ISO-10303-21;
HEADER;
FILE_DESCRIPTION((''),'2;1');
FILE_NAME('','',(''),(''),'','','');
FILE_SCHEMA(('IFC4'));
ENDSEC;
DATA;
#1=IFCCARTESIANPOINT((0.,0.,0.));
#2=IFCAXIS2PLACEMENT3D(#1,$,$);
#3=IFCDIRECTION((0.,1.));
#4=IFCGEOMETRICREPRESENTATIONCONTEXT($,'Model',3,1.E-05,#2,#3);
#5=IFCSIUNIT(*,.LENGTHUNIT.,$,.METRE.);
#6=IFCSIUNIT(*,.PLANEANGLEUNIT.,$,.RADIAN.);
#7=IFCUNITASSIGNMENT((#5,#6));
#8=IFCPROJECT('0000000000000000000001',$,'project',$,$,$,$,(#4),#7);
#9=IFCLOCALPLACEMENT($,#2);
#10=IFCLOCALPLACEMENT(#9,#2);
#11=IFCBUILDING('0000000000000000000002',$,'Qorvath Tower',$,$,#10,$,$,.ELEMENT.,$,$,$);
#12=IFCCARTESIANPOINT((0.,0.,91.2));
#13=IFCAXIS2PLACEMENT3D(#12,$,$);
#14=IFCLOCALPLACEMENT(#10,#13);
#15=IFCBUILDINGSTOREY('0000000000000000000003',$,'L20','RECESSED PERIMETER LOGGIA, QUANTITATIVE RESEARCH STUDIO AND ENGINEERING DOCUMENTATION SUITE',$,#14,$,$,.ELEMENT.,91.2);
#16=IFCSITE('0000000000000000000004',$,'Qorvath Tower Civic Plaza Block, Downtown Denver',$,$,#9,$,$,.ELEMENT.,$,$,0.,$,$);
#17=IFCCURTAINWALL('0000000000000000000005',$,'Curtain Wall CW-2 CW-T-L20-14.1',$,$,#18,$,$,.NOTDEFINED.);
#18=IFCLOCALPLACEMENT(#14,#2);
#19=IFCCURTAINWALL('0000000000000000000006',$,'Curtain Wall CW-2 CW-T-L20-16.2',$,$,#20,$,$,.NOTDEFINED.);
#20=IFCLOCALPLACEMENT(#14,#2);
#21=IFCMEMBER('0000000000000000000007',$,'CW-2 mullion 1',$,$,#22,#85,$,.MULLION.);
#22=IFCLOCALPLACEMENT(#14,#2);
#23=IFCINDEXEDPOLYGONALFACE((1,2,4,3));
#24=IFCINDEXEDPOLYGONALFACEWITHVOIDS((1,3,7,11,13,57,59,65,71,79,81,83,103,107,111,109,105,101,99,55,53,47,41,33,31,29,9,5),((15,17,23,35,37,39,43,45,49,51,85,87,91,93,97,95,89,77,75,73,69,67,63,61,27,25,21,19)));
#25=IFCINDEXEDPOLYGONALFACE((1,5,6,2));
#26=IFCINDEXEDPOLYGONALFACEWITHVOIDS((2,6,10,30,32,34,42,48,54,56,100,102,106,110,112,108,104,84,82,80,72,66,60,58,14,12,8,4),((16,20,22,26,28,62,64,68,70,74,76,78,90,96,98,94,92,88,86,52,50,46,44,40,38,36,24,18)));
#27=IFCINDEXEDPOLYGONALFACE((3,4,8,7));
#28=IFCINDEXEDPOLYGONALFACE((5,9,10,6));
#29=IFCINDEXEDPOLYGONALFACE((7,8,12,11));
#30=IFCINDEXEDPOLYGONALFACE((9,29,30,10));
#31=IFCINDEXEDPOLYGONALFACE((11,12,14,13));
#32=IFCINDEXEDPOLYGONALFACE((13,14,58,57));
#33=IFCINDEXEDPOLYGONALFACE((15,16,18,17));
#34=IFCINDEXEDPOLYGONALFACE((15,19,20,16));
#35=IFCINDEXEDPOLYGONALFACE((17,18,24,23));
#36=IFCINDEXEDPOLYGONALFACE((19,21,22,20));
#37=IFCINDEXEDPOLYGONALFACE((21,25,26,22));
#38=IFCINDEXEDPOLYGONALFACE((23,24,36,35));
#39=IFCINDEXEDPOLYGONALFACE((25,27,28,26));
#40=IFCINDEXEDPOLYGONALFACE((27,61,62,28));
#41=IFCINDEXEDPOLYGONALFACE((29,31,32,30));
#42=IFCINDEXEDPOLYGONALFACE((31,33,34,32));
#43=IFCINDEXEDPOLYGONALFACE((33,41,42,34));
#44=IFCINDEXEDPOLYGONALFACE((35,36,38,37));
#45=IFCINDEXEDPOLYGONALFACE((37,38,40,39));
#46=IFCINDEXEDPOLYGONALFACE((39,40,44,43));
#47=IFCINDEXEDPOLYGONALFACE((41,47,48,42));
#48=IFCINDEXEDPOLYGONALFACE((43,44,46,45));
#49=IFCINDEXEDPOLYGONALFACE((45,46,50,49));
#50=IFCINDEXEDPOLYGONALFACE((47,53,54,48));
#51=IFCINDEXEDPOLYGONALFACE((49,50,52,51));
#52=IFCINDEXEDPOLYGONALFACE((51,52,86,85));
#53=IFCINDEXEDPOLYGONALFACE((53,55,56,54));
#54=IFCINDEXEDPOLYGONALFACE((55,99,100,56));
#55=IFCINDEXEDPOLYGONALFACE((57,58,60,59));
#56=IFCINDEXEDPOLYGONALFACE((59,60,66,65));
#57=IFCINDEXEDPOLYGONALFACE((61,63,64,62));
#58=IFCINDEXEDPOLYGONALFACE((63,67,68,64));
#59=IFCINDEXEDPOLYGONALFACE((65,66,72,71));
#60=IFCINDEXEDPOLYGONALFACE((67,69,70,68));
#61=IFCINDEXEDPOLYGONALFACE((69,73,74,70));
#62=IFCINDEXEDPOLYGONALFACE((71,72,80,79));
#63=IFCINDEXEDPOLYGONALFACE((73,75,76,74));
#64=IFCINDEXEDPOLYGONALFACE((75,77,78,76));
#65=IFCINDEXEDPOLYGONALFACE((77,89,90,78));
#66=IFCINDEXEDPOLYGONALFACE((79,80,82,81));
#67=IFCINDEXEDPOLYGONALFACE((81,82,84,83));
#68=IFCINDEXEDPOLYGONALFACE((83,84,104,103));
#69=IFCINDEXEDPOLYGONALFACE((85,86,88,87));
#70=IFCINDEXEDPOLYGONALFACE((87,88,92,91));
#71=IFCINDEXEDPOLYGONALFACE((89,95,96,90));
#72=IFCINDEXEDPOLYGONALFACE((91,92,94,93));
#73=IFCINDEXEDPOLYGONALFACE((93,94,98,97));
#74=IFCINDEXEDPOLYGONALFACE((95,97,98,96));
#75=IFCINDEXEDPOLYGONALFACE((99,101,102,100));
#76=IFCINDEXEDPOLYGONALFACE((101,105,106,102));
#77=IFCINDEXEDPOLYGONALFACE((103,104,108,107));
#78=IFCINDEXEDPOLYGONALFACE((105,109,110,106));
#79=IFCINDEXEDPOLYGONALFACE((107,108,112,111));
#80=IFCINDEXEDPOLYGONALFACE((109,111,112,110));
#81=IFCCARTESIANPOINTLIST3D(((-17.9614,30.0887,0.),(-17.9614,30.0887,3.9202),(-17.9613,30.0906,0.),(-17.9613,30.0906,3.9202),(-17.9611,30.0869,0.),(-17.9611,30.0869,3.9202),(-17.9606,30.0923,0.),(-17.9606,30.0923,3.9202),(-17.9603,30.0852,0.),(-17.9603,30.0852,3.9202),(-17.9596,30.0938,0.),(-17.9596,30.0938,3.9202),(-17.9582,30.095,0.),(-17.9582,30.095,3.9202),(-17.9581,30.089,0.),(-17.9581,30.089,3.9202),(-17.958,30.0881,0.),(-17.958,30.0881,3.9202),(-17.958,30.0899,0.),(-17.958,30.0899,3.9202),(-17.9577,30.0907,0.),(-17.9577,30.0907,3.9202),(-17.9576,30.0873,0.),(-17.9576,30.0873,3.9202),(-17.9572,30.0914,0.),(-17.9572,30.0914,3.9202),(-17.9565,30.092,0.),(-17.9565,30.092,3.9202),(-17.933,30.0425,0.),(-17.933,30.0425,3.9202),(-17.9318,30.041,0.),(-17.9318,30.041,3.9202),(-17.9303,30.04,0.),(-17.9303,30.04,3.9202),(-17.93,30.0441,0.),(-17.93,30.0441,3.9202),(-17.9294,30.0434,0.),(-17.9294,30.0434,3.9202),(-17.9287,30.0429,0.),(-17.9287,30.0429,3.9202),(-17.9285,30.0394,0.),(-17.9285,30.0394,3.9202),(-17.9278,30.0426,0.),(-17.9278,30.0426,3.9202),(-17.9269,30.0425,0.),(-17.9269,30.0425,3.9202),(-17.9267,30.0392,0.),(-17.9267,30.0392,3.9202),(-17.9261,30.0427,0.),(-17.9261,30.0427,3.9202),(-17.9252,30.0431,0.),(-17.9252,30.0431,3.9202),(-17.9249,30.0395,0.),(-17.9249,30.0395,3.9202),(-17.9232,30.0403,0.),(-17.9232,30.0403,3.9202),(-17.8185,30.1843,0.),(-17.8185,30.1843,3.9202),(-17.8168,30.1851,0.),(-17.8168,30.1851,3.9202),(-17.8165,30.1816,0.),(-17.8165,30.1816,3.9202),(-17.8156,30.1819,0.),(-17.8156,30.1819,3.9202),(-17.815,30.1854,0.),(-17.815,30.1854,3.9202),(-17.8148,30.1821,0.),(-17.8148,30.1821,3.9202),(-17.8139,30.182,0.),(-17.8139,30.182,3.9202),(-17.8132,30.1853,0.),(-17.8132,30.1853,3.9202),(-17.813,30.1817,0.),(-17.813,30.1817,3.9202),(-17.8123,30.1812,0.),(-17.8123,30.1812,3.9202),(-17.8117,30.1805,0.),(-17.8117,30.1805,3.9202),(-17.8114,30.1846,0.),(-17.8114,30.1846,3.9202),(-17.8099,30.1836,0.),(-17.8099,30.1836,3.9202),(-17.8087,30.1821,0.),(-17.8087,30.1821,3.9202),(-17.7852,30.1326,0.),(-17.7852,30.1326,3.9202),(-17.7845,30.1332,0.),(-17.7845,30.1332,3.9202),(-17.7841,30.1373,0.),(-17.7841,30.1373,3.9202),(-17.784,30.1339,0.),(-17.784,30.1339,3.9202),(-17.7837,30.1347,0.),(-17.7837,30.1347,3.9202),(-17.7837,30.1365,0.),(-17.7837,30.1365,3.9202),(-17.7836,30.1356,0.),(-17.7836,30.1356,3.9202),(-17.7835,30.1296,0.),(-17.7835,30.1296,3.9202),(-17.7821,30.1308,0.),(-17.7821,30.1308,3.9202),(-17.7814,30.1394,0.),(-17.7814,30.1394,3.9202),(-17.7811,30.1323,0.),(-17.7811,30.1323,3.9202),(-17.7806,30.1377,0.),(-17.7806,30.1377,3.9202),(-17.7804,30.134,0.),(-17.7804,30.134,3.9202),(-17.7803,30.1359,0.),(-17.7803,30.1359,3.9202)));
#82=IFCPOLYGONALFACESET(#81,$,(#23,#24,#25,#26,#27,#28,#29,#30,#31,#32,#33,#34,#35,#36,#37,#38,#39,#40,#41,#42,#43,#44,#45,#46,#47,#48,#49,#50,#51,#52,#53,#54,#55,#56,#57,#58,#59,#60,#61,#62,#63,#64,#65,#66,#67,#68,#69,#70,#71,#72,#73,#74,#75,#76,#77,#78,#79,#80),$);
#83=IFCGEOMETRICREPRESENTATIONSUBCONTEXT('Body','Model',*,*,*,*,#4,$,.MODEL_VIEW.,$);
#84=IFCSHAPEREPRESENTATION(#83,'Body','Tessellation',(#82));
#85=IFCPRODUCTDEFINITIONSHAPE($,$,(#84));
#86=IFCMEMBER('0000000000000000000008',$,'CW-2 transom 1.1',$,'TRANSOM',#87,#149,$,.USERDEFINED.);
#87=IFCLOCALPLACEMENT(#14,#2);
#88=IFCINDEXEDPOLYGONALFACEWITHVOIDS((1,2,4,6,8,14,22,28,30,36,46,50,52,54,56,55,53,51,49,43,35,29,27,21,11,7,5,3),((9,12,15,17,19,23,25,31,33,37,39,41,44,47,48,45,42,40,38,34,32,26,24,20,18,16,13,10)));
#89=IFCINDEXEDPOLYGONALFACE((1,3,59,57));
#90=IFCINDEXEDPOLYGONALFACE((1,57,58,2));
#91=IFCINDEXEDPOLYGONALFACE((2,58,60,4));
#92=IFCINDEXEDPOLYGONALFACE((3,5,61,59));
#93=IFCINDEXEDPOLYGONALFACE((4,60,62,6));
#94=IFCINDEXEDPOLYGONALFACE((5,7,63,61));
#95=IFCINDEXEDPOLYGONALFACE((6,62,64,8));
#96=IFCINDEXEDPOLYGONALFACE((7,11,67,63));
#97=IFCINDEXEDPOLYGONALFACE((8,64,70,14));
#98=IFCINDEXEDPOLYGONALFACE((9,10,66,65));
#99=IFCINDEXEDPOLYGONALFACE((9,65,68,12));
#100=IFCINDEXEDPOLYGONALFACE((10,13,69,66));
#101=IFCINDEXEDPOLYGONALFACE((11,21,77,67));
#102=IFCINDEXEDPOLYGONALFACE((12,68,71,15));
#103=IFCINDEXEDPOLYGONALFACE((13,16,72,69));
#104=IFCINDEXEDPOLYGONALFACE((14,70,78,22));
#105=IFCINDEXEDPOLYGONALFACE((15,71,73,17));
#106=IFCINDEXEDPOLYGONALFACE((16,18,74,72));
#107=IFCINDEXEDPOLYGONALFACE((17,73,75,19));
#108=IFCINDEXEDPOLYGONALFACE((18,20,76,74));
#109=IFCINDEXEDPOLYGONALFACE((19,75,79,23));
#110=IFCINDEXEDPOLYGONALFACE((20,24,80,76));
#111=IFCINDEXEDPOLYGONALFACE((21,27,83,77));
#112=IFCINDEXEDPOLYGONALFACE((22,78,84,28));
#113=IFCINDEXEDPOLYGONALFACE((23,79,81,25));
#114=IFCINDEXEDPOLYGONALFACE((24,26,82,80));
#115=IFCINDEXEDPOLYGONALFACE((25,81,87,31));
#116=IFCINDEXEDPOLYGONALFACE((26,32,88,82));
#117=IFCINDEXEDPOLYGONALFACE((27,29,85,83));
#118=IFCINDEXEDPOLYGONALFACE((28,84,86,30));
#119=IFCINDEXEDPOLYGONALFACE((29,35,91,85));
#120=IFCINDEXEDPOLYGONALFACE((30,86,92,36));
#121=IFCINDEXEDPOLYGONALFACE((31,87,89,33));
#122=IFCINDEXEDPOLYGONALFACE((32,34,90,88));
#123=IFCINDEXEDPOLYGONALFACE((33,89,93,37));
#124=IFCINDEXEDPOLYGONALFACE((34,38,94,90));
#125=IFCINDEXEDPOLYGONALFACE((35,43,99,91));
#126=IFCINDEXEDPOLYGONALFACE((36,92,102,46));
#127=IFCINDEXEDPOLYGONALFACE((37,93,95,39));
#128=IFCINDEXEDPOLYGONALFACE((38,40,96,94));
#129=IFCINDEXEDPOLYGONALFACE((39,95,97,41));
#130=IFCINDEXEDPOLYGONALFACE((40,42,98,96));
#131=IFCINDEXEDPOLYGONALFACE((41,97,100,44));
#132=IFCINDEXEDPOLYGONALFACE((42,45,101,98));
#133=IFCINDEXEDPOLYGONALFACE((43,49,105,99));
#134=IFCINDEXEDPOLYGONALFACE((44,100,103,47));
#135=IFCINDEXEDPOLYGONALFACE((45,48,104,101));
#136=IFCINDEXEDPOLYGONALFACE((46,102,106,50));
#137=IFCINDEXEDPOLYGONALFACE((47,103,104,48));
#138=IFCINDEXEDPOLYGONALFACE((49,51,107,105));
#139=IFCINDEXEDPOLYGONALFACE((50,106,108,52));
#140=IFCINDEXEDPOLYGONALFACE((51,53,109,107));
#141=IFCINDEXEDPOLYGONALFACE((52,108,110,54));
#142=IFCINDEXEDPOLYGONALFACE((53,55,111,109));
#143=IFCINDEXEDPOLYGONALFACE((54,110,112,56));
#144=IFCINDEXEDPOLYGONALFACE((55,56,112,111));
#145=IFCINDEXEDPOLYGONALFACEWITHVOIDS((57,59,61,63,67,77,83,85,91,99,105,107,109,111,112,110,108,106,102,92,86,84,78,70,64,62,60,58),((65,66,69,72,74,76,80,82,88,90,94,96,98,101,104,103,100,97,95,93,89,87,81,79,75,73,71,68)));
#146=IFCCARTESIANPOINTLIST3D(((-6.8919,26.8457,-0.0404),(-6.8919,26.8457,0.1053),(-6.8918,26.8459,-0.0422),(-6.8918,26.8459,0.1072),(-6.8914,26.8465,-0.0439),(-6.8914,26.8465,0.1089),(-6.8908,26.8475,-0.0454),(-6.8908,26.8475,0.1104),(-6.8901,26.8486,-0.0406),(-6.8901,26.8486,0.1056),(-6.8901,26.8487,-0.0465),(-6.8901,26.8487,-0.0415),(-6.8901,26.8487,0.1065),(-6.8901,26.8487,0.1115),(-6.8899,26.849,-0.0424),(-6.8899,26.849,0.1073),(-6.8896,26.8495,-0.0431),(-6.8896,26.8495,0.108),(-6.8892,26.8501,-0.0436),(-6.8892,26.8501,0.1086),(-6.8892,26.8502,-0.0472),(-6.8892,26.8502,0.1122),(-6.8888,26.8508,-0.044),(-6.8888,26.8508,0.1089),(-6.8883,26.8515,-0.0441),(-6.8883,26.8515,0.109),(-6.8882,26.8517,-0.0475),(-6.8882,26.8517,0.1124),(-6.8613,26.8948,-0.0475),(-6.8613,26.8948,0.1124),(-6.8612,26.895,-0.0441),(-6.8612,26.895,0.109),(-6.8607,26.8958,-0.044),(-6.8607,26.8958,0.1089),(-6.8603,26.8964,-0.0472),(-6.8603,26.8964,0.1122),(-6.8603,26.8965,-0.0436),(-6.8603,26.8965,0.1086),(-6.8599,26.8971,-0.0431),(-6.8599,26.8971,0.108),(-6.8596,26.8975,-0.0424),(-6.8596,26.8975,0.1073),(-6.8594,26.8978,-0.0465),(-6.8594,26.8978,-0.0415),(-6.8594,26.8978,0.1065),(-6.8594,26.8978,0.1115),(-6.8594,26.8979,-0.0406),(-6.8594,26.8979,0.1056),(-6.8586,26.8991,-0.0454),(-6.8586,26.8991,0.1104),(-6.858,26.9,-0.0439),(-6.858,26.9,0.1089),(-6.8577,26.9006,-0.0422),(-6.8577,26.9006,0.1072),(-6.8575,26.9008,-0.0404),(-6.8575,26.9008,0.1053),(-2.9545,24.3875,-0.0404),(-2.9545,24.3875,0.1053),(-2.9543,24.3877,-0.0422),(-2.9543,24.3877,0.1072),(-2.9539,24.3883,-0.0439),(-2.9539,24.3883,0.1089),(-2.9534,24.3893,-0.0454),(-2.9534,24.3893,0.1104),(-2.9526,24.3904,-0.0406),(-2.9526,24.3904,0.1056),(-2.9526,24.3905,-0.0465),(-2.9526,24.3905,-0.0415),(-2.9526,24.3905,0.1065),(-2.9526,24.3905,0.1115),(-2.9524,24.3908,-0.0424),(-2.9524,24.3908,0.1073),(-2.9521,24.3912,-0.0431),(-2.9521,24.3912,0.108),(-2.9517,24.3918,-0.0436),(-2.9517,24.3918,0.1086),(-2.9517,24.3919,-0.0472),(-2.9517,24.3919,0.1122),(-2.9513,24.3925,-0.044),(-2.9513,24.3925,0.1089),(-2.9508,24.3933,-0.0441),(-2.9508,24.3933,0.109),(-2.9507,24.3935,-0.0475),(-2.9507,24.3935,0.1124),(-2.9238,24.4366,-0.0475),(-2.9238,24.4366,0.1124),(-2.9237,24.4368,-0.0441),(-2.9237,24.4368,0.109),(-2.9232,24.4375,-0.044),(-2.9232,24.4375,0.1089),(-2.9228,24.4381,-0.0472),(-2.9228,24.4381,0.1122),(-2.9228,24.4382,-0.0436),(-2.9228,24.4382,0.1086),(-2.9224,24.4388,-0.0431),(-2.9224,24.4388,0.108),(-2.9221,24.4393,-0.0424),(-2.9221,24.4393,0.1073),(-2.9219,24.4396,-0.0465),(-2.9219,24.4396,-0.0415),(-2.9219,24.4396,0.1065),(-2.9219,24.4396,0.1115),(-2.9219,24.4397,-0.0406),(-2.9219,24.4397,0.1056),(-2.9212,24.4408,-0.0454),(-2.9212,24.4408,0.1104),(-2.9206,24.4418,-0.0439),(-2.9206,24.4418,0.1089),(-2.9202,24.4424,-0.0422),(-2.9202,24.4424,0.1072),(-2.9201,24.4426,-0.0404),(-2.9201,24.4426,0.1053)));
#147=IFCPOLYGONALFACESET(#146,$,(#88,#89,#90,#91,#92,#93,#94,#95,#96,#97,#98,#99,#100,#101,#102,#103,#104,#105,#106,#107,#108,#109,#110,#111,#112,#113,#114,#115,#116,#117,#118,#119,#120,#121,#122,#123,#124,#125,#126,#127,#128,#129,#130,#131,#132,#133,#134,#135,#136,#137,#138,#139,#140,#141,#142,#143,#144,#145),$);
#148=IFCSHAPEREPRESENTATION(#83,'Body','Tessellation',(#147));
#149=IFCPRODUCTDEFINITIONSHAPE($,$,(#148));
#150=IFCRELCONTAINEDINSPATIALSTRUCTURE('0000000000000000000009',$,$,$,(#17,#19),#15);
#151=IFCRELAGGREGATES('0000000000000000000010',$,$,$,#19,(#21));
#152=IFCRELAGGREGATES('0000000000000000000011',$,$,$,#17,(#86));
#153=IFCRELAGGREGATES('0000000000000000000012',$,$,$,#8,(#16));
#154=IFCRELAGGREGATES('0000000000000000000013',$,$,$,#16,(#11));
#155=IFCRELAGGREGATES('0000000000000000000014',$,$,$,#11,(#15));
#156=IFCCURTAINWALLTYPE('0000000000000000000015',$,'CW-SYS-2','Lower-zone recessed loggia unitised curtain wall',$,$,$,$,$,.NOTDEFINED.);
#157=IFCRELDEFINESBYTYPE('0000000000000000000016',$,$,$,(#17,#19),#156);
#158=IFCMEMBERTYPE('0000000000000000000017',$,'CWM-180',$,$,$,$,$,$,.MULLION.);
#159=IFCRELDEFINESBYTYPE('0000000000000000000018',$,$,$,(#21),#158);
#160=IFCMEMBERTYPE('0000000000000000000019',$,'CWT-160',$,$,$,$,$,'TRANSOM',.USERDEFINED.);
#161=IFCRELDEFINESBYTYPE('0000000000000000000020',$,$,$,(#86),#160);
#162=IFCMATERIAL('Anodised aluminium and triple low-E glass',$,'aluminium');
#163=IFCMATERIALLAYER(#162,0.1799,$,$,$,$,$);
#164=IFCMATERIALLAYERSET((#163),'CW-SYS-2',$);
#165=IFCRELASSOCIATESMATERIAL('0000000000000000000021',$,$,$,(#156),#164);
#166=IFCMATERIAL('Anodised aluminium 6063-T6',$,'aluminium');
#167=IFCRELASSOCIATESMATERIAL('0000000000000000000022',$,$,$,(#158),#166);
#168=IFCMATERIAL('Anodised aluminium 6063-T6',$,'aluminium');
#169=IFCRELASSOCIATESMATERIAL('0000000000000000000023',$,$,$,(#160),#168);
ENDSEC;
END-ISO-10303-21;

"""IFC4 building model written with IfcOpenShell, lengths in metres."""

from ifc_helpers import new_model, si_unit, direction, frame, origin, origin_2d, place, context, subcontext, project, spatial, hollow_rectangle, extrude, material, layer, layer_set, material_profile, profile_set, type_object, element, aggregate, save


model = new_model("IFC4")

# Units and contexts
model_context = context("Model", 3, precision=1e-05, world=origin(), true_north=direction((0.0, 1.0)))
body_context = subcontext(model_context, "Body", "Model", "MODEL_VIEW")
ifc_project = project(units=[si_unit("LENGTHUNIT", "METRE"), si_unit("PLANEANGLEUNIT", "RADIAN")], contexts=[model_context])

# Site, building, storey
site_placement = place(None, origin())
site = spatial("IfcSite", under=ifc_project, at=site_placement, Name="Qorvath Tower Civic Plaza Block, Downtown Denver", CompositionType="ELEMENT", RefElevation=0.0)
building_placement = place(site_placement, origin())
building = spatial("IfcBuilding", under=site, at=building_placement, Name="Qorvath Tower", CompositionType="ELEMENT")
storey_placement = place(building_placement, frame((0.0, 0.0, 91.2)))
storey = spatial("IfcBuildingStorey", under=building, at=storey_placement, Name="L20", Description="RECESSED PERIMETER LOGGIA, QUANTITATIVE RESEARCH STUDIO AND ENGINEERING DOCUMENTATION SUITE", CompositionType="ELEMENT", Elevation=91.2)

# Shared definitions
ifc_material_1 = material(Name="Anodised aluminium and triple low-E glass", Category="aluminium")
ifc_layer_1 = layer(ifc_material_1, 0.1799)
ifc_layer_set_1 = layer_set([ifc_layer_1], Name="CW-SYS-2")
curtain_wall_type = type_object("IfcCurtainWallType", Name="CW-SYS-2", Description="Lower-zone recessed loggia unitised curtain wall", PredefinedType="NOTDEFINED", material=ifc_layer_set_1)
ifc_material_2 = material(Name="Anodised aluminium 6063-T6", Category="aluminium")
ifc_material_profile_1 = material_profile(ifc_material_2, hollow_rectangle(XDim=0.0649, YDim=0.1799, WallThickness=0.0034, InnerFilletRadius=0.0034, OuterFilletRadius=0.0071, at=origin_2d()), Name="CWM 180x65")
ifc_profile_set_1 = profile_set([ifc_material_profile_1], Name="Anodised aluminium 6063-T6")
member_type_1 = type_object("IfcMemberType", Name="CWM-180", PredefinedType="MULLION", material=ifc_profile_set_1)

# Curtain wall
curtain_wall_1_placement = place(storey_placement, origin())
curtain_wall_1 = element("IfcCurtainWall", 1, at=curtain_wall_1_placement, inside=storey, type_object=curtain_wall_type, Name="Curtain Wall CW-2 CW-T-L20-14.1", PredefinedType="NOTDEFINED")

# Curtain wall, member
curtain_wall_2_placement = place(storey_placement, origin())
curtain_wall_2 = element("IfcCurtainWall", 2, at=curtain_wall_2_placement, inside=storey, type_object=curtain_wall_type, Name="Curtain Wall CW-2 CW-T-L20-16.2", PredefinedType="NOTDEFINED")
member_1_placement = place(storey_placement, frame((-17.8708, 30.1123, 0.0), z_axis=(0.0, 0.0, 1.0), x_axis=(0.53854, -0.8426, 0.0)))
member_1 = element("IfcMember", 3, at=member_1_placement, type_object=member_type_1, Name="CW-2 mullion 1", PredefinedType="MULLION", context=body_context, shape_type="SweptSolid", body=[
    extrude(hollow_rectangle(XDim=0.0649, YDim=0.1799, WallThickness=0.0034, InnerFilletRadius=0.0034, OuterFilletRadius=0.0071, at=origin_2d()), origin(), (0.0, 0.0, 1.0), 3.9202),
])

# Member
ifc_material_3 = material(Name="Anodised aluminium 6063-T6", Category="aluminium")
ifc_material_profile_2 = material_profile(ifc_material_3, hollow_rectangle(XDim=0.0649, YDim=0.1599, WallThickness=0.0034, InnerFilletRadius=0.0034, OuterFilletRadius=0.0071, at=origin_2d()), Name="CWT 160x65")
ifc_profile_set_2 = profile_set([ifc_material_profile_2], Name="Anodised aluminium 6063-T6")
member_type_2 = type_object("IfcMemberType", Name="CWT-160", ElementType="TRANSOM", PredefinedType="USERDEFINED", material=ifc_profile_set_2)
member_2_placement = place(storey_placement, frame((-2.9373, 24.415, 0.0325), z_axis=(-0.848258, 0.529583, 0.0), x_axis=(-0.529583, -0.848258, 0.0)))
member_2 = element("IfcMember", 4, at=member_2_placement, type_object=member_type_2, Name="CW-2 transom 1.1", ObjectType="TRANSOM", PredefinedType="USERDEFINED", context=body_context, shape_type="SweptSolid", body=[
    extrude(hollow_rectangle(XDim=0.0649, YDim=0.1599, WallThickness=0.0034, InnerFilletRadius=0.0034, OuterFilletRadius=0.0071, at=origin_2d()), origin(), (0.0, 0.0, 1.0), 4.6418),
])
aggregate(curtain_wall_2, [member_1])

aggregate(curtain_wall_1, [member_2])

save(model, "model.ifc")
